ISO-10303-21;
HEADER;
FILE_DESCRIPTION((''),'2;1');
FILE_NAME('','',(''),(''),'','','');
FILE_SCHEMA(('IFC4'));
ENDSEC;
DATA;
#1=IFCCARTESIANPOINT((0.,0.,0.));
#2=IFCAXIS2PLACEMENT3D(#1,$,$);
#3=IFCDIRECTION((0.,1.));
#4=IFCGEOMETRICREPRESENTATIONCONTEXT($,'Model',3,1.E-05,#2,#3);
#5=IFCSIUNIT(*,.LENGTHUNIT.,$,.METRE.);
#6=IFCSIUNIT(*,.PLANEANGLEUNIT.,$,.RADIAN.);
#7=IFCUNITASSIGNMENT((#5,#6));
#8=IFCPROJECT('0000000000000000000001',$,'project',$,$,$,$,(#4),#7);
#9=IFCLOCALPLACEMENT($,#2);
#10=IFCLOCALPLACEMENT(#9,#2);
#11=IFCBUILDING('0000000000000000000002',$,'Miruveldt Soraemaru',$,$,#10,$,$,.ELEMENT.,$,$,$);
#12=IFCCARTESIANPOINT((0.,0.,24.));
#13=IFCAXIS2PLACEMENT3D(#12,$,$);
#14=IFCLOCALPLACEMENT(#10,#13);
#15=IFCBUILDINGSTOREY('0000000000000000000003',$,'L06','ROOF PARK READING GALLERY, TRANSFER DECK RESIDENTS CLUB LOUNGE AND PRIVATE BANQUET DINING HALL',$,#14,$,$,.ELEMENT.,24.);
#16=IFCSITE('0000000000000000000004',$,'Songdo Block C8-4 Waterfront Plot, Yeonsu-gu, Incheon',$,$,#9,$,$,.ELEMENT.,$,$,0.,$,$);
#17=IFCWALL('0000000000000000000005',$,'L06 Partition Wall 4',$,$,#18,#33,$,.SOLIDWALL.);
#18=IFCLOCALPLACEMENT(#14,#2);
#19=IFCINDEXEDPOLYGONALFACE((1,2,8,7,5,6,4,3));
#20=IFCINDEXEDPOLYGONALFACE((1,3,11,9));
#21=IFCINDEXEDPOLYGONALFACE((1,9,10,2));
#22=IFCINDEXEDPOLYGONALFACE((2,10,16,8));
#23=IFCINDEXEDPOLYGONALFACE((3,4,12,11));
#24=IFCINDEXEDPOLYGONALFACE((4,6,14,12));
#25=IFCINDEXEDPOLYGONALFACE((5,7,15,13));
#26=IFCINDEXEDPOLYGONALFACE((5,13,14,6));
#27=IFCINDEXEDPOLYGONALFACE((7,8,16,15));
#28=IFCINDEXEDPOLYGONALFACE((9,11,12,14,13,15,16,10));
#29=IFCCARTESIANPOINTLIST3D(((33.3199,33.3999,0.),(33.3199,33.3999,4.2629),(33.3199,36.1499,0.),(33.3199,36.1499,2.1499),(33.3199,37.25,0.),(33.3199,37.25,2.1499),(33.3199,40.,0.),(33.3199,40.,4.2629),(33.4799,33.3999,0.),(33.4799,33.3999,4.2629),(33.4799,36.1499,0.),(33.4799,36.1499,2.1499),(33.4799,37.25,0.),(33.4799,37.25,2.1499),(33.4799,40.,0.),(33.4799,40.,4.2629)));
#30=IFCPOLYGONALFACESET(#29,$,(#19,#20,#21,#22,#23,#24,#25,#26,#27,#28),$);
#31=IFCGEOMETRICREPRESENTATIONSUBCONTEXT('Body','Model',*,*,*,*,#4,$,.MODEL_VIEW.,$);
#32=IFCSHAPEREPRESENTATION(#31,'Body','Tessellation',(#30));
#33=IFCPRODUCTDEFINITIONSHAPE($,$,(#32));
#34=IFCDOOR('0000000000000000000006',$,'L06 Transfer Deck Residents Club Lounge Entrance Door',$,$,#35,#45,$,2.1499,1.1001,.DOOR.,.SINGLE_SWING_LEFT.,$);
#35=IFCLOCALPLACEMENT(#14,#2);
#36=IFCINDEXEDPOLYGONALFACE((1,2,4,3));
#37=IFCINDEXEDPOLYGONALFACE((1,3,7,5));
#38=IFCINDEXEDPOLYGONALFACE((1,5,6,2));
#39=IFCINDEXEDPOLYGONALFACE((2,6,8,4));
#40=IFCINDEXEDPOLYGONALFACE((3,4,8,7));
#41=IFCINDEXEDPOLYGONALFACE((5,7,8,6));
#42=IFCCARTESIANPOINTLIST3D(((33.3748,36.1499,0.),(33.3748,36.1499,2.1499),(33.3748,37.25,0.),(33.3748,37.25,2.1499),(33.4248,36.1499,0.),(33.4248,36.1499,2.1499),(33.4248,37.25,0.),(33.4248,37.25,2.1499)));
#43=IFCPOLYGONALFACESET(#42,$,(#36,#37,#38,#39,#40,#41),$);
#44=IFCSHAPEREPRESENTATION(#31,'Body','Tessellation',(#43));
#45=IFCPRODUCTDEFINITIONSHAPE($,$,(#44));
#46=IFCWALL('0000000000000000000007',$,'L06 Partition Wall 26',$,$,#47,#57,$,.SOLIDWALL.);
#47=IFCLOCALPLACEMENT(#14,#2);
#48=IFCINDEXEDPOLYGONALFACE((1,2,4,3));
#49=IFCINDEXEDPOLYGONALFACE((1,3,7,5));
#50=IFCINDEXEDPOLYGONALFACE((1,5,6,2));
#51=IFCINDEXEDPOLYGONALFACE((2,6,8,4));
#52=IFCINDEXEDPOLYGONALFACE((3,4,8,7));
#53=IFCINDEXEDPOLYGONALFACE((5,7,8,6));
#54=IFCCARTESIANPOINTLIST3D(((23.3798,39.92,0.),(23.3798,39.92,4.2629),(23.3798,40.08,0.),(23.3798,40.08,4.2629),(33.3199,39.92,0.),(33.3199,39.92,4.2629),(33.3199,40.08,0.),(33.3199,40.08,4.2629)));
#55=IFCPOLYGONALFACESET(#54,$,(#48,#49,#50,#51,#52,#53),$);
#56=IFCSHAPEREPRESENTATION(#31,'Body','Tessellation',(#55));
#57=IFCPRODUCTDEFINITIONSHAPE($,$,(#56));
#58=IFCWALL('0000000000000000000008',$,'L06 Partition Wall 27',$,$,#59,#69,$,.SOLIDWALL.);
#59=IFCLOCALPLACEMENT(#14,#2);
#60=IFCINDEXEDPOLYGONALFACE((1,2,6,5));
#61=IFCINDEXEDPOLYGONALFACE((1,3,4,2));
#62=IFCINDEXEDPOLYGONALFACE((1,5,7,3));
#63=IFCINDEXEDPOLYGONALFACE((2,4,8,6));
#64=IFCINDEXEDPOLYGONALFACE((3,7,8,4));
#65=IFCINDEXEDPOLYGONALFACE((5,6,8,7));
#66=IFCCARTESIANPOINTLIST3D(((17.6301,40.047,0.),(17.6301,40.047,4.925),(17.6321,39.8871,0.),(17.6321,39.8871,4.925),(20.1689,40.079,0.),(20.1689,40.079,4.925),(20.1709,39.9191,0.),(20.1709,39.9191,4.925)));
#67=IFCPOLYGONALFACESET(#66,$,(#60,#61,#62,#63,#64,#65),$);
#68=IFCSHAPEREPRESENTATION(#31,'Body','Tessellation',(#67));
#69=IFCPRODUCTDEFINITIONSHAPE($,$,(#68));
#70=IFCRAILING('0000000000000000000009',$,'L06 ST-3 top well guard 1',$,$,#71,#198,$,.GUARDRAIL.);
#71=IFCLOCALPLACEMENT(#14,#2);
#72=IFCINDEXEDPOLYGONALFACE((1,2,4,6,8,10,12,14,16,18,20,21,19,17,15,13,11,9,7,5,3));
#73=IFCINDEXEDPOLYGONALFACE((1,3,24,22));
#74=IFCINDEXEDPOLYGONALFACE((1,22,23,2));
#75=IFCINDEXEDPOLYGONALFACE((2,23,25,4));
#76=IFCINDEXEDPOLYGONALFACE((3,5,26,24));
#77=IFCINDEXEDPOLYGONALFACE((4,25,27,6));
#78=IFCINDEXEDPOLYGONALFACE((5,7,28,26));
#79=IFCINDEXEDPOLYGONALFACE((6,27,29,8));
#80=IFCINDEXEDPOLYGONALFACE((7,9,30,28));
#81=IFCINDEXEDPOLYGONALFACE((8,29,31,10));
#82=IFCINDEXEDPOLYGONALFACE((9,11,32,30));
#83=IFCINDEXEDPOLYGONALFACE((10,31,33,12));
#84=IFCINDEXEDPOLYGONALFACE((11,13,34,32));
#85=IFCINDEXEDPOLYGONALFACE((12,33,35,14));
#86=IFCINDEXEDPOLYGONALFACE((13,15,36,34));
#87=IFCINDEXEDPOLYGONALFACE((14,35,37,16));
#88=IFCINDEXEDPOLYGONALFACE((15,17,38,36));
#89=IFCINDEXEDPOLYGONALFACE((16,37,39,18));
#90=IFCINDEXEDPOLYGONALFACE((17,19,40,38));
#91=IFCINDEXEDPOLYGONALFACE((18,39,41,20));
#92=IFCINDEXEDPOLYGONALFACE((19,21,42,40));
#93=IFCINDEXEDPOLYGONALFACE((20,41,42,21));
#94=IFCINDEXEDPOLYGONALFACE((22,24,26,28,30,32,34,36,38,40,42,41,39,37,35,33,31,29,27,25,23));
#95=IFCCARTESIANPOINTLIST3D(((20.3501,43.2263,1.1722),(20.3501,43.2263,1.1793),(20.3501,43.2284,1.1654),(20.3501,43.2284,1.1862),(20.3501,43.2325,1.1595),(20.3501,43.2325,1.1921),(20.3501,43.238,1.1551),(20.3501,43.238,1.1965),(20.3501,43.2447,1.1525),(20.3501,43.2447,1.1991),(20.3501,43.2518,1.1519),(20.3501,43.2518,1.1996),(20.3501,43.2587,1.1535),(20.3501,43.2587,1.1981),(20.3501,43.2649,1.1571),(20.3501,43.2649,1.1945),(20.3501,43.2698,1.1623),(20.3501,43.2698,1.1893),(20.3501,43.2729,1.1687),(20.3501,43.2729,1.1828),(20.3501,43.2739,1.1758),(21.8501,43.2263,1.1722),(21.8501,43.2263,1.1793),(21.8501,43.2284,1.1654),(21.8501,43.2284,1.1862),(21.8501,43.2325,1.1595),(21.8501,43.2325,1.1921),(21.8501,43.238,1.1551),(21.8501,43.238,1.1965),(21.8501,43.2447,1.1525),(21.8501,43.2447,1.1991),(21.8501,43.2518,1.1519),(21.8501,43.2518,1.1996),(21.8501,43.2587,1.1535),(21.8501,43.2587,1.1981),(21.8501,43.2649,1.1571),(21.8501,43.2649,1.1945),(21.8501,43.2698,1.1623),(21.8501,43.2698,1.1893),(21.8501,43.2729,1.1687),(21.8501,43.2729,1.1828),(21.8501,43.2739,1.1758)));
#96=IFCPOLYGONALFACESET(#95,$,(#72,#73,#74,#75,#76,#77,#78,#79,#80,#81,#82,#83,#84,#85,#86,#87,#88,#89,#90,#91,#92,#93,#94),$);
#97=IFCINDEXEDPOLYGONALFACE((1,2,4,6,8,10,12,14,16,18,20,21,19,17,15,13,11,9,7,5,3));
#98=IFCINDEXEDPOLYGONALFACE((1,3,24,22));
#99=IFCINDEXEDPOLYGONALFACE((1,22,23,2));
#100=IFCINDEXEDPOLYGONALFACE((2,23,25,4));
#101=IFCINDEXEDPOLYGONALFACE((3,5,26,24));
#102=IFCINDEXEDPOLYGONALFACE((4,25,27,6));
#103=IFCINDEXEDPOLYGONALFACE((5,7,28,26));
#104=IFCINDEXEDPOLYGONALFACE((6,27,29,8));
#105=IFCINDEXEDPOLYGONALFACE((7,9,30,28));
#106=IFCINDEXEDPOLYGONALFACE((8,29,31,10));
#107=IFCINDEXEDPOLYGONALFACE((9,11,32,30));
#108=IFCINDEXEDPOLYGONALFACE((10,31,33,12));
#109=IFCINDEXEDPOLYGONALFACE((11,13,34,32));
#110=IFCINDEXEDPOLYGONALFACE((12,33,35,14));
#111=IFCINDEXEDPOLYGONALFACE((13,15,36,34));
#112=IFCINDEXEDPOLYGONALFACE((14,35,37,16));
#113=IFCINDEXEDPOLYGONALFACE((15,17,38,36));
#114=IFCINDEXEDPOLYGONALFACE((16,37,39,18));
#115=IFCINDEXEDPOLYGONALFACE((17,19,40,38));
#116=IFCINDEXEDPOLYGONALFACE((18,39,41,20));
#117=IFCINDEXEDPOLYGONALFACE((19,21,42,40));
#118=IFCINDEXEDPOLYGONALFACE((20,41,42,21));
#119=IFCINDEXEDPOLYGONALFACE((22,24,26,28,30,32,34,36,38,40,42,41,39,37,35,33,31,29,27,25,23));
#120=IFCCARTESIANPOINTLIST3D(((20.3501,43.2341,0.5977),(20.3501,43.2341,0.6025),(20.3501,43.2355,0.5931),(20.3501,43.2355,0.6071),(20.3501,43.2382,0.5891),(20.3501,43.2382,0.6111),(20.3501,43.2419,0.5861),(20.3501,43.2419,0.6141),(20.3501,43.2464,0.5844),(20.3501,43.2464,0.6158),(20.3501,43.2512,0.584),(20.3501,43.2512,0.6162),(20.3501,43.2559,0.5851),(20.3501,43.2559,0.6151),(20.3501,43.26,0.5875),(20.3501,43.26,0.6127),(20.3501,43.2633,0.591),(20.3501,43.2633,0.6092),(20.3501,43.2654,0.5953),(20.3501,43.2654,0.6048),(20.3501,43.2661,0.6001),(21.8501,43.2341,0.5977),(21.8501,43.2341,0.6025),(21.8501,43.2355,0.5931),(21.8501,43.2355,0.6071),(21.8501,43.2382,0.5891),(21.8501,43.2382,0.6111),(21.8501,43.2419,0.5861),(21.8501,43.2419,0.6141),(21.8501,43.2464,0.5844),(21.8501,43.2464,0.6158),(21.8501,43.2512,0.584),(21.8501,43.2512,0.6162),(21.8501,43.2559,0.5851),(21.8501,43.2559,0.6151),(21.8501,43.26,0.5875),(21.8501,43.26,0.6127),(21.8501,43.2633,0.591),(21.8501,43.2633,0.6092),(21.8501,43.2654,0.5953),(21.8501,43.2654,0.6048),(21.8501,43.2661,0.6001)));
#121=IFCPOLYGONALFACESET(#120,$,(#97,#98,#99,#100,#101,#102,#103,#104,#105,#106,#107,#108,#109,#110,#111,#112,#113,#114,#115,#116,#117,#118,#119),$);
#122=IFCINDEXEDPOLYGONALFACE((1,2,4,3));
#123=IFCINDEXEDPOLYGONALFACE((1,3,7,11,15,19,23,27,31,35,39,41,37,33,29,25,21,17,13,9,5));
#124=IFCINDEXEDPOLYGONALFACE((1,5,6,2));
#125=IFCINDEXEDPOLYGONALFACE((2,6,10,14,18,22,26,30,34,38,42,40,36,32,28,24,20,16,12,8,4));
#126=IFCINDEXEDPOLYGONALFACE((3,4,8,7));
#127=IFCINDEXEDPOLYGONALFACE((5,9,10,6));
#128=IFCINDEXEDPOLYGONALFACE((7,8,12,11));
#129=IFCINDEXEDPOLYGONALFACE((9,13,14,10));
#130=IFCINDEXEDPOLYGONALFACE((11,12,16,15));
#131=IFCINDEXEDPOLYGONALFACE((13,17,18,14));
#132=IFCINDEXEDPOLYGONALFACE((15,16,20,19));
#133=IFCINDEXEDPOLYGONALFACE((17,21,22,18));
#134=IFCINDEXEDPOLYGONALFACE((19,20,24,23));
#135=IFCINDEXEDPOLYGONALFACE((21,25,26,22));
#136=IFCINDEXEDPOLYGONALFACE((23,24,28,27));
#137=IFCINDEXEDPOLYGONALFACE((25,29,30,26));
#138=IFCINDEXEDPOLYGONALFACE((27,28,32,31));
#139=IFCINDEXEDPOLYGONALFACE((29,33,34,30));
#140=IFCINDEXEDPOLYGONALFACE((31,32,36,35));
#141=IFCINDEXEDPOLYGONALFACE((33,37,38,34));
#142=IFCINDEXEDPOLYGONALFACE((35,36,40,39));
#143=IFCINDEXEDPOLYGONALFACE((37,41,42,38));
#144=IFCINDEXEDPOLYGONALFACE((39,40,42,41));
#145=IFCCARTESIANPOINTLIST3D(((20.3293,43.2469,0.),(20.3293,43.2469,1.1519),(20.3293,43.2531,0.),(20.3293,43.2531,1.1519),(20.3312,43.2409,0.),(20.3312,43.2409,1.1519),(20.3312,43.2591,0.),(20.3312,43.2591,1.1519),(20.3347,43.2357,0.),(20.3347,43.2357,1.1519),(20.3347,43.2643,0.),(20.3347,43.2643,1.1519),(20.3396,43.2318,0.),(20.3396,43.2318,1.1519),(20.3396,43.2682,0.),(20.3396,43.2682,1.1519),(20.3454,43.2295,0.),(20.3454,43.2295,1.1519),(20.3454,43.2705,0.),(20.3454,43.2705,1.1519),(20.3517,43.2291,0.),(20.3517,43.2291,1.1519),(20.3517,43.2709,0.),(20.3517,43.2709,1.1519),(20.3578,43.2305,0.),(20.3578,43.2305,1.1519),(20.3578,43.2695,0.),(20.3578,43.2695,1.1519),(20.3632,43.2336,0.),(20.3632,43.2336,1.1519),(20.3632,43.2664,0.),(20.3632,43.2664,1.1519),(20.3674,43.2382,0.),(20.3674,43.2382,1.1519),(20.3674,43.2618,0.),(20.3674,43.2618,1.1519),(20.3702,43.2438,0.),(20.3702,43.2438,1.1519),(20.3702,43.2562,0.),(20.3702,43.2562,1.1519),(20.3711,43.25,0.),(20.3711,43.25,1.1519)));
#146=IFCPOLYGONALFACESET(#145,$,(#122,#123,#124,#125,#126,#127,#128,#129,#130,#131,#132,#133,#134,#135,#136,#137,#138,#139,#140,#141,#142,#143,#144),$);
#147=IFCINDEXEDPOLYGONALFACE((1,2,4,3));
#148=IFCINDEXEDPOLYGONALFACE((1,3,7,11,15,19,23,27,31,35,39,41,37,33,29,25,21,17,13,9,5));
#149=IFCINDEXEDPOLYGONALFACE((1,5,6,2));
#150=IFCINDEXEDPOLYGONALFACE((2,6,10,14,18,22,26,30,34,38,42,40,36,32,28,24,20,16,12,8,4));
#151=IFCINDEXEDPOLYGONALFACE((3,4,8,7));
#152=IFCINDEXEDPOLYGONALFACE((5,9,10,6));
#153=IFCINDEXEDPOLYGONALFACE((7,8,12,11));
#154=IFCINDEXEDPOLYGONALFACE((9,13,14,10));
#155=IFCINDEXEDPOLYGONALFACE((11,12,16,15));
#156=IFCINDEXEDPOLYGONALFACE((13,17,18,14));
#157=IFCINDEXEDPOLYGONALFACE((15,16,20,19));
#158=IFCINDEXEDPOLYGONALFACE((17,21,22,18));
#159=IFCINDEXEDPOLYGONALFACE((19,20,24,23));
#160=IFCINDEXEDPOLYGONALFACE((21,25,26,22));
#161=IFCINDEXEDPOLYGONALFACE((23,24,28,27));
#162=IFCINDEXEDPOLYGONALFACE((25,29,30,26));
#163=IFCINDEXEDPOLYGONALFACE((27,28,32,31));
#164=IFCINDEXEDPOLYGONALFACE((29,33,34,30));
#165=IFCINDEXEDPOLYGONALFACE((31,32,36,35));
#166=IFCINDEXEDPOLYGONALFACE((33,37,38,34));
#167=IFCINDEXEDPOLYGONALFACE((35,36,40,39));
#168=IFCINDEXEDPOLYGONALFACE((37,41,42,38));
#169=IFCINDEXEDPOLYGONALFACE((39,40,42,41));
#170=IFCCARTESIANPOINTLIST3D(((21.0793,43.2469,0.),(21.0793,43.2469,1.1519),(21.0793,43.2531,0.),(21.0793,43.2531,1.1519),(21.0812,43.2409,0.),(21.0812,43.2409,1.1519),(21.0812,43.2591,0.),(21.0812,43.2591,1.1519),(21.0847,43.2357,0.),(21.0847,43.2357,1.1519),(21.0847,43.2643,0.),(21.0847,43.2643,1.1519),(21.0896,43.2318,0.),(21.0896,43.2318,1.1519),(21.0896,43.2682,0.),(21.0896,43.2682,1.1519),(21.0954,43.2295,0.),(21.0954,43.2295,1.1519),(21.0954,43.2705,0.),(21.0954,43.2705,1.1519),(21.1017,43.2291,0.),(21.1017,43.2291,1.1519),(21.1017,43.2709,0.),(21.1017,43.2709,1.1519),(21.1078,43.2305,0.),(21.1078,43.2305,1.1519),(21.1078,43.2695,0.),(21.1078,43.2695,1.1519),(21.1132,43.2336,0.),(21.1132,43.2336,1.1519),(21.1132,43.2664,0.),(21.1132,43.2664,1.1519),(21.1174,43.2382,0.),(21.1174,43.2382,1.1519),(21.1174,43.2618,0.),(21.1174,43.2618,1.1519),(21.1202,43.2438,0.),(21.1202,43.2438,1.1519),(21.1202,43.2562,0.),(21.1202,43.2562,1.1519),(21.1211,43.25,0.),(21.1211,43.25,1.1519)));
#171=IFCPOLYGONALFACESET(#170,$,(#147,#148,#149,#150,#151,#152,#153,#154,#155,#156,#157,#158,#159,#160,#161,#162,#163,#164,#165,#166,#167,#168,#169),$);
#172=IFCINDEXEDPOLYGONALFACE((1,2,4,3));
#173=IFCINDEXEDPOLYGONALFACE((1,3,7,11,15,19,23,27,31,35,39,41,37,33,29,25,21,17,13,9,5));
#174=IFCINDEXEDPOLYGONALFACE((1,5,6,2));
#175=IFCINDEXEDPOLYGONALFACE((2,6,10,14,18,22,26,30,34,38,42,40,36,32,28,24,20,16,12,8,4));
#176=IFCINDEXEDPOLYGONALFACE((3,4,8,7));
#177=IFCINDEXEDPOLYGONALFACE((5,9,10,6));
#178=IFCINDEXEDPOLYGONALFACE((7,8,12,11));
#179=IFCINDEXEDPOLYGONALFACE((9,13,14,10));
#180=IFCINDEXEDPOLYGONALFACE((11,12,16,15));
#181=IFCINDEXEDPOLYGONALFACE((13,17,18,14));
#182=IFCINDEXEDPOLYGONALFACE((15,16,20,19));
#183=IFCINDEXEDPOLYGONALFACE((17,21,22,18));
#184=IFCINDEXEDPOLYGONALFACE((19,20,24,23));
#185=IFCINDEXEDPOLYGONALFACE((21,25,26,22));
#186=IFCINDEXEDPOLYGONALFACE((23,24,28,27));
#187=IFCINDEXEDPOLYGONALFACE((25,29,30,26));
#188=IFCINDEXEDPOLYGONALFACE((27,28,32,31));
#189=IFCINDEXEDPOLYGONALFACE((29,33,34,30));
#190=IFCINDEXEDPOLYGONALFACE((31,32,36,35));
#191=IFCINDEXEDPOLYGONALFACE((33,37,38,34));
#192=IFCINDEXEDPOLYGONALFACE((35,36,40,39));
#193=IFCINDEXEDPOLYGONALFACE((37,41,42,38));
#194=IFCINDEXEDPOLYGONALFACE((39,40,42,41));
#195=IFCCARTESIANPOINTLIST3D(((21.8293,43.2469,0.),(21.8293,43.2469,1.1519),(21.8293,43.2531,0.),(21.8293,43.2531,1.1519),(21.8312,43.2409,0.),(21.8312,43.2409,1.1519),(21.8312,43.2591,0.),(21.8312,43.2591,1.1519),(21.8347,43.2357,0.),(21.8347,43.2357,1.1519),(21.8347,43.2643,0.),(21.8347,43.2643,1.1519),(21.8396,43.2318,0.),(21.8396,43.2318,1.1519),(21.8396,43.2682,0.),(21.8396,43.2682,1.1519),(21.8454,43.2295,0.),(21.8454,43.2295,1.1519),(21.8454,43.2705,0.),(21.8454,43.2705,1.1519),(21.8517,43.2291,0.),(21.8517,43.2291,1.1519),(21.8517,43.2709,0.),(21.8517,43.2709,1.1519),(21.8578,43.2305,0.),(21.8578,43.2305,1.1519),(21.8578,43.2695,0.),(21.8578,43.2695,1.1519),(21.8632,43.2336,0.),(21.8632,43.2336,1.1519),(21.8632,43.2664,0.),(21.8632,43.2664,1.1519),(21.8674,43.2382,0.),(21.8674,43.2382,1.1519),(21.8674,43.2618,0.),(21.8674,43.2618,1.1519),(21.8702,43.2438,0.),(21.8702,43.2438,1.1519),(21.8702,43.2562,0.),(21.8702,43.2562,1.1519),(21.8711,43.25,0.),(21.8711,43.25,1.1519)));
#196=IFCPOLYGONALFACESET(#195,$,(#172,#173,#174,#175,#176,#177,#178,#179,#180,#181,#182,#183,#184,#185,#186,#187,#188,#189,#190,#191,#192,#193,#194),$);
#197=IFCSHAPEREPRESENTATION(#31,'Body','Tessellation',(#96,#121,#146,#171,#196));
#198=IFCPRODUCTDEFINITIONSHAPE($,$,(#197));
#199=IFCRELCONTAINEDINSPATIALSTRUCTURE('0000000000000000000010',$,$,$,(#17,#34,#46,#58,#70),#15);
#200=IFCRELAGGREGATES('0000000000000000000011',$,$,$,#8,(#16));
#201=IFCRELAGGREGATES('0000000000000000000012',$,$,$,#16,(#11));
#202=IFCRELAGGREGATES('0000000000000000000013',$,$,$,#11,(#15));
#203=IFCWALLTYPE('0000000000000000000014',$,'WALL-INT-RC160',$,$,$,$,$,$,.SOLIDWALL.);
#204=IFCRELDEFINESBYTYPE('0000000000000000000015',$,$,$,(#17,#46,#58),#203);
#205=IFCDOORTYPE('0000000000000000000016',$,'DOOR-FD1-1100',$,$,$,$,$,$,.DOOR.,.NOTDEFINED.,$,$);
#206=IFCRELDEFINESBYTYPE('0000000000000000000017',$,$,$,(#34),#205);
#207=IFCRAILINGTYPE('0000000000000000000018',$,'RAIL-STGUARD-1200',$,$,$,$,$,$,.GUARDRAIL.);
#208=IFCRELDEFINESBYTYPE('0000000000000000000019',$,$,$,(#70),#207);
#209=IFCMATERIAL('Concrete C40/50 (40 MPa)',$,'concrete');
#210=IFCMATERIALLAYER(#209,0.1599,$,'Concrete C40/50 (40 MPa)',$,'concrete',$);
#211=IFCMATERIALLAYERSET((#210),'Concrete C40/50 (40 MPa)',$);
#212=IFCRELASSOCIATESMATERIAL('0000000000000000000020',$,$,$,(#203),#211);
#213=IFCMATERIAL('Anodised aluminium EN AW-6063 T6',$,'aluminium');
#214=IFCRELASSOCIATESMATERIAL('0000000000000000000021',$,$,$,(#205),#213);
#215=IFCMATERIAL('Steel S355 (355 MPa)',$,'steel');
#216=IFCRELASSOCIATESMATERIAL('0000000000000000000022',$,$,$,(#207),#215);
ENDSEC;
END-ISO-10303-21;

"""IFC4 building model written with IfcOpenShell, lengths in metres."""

from ifc_helpers import new_model, si_unit, direction, frame, frame_2d, origin, origin_2d, place, context, subcontext, project, spatial, rectangle, circle, extrude, material, layer, layer_set, type_object, element, fill, save


model = new_model("IFC4")

# Units and contexts
model_context = context("Model", 3, precision=1e-05, world=origin(), true_north=direction((0.0, 1.0)))
body_context = subcontext(model_context, "Body", "Model", "MODEL_VIEW")
ifc_project = project(units=[si_unit("LENGTHUNIT", "METRE"), si_unit("PLANEANGLEUNIT", "RADIAN")], contexts=[model_context])

# Site, building, storey
site_placement = place(None, origin())
site = spatial("IfcSite", under=ifc_project, at=site_placement, Name="Songdo Block C8-4 Waterfront Plot, Yeonsu-gu, Incheon", CompositionType="ELEMENT", RefElevation=0.0)
building_placement = place(site_placement, origin())
building = spatial("IfcBuilding", under=site, at=building_placement, Name="Miruveldt Soraemaru", CompositionType="ELEMENT")
storey_placement = place(building_placement, frame((0.0, 0.0, 24.0)))
storey = spatial("IfcBuildingStorey", under=building, at=storey_placement, Name="L06", Description="ROOF PARK READING GALLERY, TRANSFER DECK RESIDENTS CLUB LOUNGE AND PRIVATE BANQUET DINING HALL", CompositionType="ELEMENT", Elevation=24.0)

# Shared definitions
ifc_material_1 = material(Name="Anodised aluminium EN AW-6063 T6", Category="aluminium")

# Wall, opening, door
ifc_material_2 = material(Name="Concrete C40/50 (40 MPa)", Category="concrete")
ifc_layer_1 = layer(ifc_material_2, 0.1599, Name="Concrete C40/50 (40 MPa)", Category="concrete")
ifc_layer_set_1 = layer_set([ifc_layer_1], Name="Concrete C40/50 (40 MPa)")
wall_type_1 = type_object("IfcWallType", Name="WALL-INT-RC160", PredefinedType="SOLIDWALL", material=ifc_layer_set_1)
door_type_1 = type_object("IfcDoorType", Name="DOOR-FD1-1100", OperationType="NOTDEFINED", PredefinedType="DOOR", material=ifc_material_1)
wall_1_placement = place(storey_placement, frame((33.3999, 40.0, 0.0), z_axis=(0.0, 0.0, 1.0), x_axis=(0.0, -1.0, 0.0)))
wall_1 = element("IfcWall", 1, at=wall_1_placement, inside=storey, type_object=wall_type_1, Name="L06 Partition Wall 4", PredefinedType="SOLIDWALL", context=body_context, shape_type="SweptSolid", body=[
    extrude(rectangle(XDim=6.6001, YDim=0.1599, at=frame_2d((3.3, 0.0))), origin(), (0.0, 0.0, 1.0), 4.2629),
])
opening_1_placement = place(wall_1_placement, frame((2.75, 0.0, 0.0)))
opening_1 = element("IfcOpeningElement", 2, at=opening_1_placement, cuts=wall_1, PredefinedType="OPENING", context=body_context, shape_type="SweptSolid", body=[
    extrude(rectangle(XDim=1.1001, YDim=2.1499, at=frame_2d((0.55, 1.075))), frame((0.0, 0.0898, 0.0), z_axis=(0.0, -1.0, 0.0), x_axis=(1.0, 0.0, 0.0)), (0.0, 0.0, 1.0), 0.1799),
])
door_1_placement = place(opening_1_placement, origin())
door_1 = element("IfcDoor", 3, at=door_1_placement, inside=storey, type_object=door_type_1, Name="L06 Transfer Deck Residents Club Lounge Entrance Door", OperationType="SINGLE_SWING_LEFT", OverallHeight=2.1499, OverallWidth=1.1001, PredefinedType="DOOR", context=body_context, shape_type="SweptSolid", body=[
    extrude(rectangle(XDim=1.1001, YDim=2.1499, at=frame_2d((0.55, 1.075))), frame((0.0, 0.0249, 0.0), z_axis=(0.0, -1.0, 0.0), x_axis=(1.0, 0.0, 0.0)), (0.0, 0.0, 1.0), 0.05),
])
fill(opening_1, door_1)

# Walls
wall_2_placement = place(storey_placement, frame((33.3201, 40.0, 0.0), z_axis=(0.0, 0.0, 1.0), x_axis=(-1.0, 0.0, 0.0)))
element("IfcWall", 4, at=wall_2_placement, inside=storey, type_object=wall_type_1, Name="L06 Partition Wall 26", PredefinedType="SOLIDWALL", context=body_context, shape_type="SweptSolid", body=[
    extrude(rectangle(XDim=9.9402, YDim=0.1599, at=frame_2d((4.9702, 0.0))), origin(), (0.0, 0.0, 1.0), 4.2629),
])
wall_3_placement = place(storey_placement, frame((20.1699, 39.999, 0.0), z_axis=(0.0, 0.0, 1.0), x_axis=(-0.999921, -0.012596, 0.0)))
element("IfcWall", 5, at=wall_3_placement, inside=storey, type_object=wall_type_1, Name="L06 Partition Wall 27", PredefinedType="SOLIDWALL", context=body_context, shape_type="SweptSolid", body=[
    extrude(rectangle(XDim=2.5391, YDim=0.1599, at=frame_2d((1.2695, 0.0))), origin(), (0.0, 0.0, 1.0), 4.925),
])

# Railing
ifc_material_3 = material(Name="Steel S355 (355 MPa)", Category="steel")
railing_type = type_object("IfcRailingType", Name="RAIL-STGUARD-1200", PredefinedType="GUARDRAIL", material=ifc_material_3)
railing_placement = place(storey_placement, frame((20.3501, 43.25, 0.0)))
element("IfcRailing", 6, at=railing_placement, inside=storey, type_object=railing_type, Name="L06 ST-3 top well guard 1", PredefinedType="GUARDRAIL", context=body_context, shape_type="SweptSolid", body=[
    extrude(circle(Radius=0.0239, at=origin_2d()), frame((0.0, 0.0, 1.1758), z_axis=(1.0, 0.0, 0.0), x_axis=(0.0, 1.0, 0.0)), (0.0, 0.0, 1.0), 1.5),
    extrude(circle(Radius=0.0161, at=origin_2d()), frame((0.0, 0.0, 0.6001), z_axis=(1.0, 0.0, 0.0), x_axis=(0.0, 1.0, 0.0)), (0.0, 0.0, 1.0), 1.5),
    extrude(circle(Radius=0.021, at=origin_2d()), origin(), (0.0, 0.0, 1.0), 1.1519),
    extrude(circle(Radius=0.021, at=origin_2d()), frame((0.75, 0.0, 0.0)), (0.0, 0.0, 1.0), 1.1519),
    extrude(circle(Radius=0.021, at=origin_2d()), frame((1.5, 0.0, 0.0)), (0.0, 0.0, 1.0), 1.1519),
])

save(model, "model.ifc")
